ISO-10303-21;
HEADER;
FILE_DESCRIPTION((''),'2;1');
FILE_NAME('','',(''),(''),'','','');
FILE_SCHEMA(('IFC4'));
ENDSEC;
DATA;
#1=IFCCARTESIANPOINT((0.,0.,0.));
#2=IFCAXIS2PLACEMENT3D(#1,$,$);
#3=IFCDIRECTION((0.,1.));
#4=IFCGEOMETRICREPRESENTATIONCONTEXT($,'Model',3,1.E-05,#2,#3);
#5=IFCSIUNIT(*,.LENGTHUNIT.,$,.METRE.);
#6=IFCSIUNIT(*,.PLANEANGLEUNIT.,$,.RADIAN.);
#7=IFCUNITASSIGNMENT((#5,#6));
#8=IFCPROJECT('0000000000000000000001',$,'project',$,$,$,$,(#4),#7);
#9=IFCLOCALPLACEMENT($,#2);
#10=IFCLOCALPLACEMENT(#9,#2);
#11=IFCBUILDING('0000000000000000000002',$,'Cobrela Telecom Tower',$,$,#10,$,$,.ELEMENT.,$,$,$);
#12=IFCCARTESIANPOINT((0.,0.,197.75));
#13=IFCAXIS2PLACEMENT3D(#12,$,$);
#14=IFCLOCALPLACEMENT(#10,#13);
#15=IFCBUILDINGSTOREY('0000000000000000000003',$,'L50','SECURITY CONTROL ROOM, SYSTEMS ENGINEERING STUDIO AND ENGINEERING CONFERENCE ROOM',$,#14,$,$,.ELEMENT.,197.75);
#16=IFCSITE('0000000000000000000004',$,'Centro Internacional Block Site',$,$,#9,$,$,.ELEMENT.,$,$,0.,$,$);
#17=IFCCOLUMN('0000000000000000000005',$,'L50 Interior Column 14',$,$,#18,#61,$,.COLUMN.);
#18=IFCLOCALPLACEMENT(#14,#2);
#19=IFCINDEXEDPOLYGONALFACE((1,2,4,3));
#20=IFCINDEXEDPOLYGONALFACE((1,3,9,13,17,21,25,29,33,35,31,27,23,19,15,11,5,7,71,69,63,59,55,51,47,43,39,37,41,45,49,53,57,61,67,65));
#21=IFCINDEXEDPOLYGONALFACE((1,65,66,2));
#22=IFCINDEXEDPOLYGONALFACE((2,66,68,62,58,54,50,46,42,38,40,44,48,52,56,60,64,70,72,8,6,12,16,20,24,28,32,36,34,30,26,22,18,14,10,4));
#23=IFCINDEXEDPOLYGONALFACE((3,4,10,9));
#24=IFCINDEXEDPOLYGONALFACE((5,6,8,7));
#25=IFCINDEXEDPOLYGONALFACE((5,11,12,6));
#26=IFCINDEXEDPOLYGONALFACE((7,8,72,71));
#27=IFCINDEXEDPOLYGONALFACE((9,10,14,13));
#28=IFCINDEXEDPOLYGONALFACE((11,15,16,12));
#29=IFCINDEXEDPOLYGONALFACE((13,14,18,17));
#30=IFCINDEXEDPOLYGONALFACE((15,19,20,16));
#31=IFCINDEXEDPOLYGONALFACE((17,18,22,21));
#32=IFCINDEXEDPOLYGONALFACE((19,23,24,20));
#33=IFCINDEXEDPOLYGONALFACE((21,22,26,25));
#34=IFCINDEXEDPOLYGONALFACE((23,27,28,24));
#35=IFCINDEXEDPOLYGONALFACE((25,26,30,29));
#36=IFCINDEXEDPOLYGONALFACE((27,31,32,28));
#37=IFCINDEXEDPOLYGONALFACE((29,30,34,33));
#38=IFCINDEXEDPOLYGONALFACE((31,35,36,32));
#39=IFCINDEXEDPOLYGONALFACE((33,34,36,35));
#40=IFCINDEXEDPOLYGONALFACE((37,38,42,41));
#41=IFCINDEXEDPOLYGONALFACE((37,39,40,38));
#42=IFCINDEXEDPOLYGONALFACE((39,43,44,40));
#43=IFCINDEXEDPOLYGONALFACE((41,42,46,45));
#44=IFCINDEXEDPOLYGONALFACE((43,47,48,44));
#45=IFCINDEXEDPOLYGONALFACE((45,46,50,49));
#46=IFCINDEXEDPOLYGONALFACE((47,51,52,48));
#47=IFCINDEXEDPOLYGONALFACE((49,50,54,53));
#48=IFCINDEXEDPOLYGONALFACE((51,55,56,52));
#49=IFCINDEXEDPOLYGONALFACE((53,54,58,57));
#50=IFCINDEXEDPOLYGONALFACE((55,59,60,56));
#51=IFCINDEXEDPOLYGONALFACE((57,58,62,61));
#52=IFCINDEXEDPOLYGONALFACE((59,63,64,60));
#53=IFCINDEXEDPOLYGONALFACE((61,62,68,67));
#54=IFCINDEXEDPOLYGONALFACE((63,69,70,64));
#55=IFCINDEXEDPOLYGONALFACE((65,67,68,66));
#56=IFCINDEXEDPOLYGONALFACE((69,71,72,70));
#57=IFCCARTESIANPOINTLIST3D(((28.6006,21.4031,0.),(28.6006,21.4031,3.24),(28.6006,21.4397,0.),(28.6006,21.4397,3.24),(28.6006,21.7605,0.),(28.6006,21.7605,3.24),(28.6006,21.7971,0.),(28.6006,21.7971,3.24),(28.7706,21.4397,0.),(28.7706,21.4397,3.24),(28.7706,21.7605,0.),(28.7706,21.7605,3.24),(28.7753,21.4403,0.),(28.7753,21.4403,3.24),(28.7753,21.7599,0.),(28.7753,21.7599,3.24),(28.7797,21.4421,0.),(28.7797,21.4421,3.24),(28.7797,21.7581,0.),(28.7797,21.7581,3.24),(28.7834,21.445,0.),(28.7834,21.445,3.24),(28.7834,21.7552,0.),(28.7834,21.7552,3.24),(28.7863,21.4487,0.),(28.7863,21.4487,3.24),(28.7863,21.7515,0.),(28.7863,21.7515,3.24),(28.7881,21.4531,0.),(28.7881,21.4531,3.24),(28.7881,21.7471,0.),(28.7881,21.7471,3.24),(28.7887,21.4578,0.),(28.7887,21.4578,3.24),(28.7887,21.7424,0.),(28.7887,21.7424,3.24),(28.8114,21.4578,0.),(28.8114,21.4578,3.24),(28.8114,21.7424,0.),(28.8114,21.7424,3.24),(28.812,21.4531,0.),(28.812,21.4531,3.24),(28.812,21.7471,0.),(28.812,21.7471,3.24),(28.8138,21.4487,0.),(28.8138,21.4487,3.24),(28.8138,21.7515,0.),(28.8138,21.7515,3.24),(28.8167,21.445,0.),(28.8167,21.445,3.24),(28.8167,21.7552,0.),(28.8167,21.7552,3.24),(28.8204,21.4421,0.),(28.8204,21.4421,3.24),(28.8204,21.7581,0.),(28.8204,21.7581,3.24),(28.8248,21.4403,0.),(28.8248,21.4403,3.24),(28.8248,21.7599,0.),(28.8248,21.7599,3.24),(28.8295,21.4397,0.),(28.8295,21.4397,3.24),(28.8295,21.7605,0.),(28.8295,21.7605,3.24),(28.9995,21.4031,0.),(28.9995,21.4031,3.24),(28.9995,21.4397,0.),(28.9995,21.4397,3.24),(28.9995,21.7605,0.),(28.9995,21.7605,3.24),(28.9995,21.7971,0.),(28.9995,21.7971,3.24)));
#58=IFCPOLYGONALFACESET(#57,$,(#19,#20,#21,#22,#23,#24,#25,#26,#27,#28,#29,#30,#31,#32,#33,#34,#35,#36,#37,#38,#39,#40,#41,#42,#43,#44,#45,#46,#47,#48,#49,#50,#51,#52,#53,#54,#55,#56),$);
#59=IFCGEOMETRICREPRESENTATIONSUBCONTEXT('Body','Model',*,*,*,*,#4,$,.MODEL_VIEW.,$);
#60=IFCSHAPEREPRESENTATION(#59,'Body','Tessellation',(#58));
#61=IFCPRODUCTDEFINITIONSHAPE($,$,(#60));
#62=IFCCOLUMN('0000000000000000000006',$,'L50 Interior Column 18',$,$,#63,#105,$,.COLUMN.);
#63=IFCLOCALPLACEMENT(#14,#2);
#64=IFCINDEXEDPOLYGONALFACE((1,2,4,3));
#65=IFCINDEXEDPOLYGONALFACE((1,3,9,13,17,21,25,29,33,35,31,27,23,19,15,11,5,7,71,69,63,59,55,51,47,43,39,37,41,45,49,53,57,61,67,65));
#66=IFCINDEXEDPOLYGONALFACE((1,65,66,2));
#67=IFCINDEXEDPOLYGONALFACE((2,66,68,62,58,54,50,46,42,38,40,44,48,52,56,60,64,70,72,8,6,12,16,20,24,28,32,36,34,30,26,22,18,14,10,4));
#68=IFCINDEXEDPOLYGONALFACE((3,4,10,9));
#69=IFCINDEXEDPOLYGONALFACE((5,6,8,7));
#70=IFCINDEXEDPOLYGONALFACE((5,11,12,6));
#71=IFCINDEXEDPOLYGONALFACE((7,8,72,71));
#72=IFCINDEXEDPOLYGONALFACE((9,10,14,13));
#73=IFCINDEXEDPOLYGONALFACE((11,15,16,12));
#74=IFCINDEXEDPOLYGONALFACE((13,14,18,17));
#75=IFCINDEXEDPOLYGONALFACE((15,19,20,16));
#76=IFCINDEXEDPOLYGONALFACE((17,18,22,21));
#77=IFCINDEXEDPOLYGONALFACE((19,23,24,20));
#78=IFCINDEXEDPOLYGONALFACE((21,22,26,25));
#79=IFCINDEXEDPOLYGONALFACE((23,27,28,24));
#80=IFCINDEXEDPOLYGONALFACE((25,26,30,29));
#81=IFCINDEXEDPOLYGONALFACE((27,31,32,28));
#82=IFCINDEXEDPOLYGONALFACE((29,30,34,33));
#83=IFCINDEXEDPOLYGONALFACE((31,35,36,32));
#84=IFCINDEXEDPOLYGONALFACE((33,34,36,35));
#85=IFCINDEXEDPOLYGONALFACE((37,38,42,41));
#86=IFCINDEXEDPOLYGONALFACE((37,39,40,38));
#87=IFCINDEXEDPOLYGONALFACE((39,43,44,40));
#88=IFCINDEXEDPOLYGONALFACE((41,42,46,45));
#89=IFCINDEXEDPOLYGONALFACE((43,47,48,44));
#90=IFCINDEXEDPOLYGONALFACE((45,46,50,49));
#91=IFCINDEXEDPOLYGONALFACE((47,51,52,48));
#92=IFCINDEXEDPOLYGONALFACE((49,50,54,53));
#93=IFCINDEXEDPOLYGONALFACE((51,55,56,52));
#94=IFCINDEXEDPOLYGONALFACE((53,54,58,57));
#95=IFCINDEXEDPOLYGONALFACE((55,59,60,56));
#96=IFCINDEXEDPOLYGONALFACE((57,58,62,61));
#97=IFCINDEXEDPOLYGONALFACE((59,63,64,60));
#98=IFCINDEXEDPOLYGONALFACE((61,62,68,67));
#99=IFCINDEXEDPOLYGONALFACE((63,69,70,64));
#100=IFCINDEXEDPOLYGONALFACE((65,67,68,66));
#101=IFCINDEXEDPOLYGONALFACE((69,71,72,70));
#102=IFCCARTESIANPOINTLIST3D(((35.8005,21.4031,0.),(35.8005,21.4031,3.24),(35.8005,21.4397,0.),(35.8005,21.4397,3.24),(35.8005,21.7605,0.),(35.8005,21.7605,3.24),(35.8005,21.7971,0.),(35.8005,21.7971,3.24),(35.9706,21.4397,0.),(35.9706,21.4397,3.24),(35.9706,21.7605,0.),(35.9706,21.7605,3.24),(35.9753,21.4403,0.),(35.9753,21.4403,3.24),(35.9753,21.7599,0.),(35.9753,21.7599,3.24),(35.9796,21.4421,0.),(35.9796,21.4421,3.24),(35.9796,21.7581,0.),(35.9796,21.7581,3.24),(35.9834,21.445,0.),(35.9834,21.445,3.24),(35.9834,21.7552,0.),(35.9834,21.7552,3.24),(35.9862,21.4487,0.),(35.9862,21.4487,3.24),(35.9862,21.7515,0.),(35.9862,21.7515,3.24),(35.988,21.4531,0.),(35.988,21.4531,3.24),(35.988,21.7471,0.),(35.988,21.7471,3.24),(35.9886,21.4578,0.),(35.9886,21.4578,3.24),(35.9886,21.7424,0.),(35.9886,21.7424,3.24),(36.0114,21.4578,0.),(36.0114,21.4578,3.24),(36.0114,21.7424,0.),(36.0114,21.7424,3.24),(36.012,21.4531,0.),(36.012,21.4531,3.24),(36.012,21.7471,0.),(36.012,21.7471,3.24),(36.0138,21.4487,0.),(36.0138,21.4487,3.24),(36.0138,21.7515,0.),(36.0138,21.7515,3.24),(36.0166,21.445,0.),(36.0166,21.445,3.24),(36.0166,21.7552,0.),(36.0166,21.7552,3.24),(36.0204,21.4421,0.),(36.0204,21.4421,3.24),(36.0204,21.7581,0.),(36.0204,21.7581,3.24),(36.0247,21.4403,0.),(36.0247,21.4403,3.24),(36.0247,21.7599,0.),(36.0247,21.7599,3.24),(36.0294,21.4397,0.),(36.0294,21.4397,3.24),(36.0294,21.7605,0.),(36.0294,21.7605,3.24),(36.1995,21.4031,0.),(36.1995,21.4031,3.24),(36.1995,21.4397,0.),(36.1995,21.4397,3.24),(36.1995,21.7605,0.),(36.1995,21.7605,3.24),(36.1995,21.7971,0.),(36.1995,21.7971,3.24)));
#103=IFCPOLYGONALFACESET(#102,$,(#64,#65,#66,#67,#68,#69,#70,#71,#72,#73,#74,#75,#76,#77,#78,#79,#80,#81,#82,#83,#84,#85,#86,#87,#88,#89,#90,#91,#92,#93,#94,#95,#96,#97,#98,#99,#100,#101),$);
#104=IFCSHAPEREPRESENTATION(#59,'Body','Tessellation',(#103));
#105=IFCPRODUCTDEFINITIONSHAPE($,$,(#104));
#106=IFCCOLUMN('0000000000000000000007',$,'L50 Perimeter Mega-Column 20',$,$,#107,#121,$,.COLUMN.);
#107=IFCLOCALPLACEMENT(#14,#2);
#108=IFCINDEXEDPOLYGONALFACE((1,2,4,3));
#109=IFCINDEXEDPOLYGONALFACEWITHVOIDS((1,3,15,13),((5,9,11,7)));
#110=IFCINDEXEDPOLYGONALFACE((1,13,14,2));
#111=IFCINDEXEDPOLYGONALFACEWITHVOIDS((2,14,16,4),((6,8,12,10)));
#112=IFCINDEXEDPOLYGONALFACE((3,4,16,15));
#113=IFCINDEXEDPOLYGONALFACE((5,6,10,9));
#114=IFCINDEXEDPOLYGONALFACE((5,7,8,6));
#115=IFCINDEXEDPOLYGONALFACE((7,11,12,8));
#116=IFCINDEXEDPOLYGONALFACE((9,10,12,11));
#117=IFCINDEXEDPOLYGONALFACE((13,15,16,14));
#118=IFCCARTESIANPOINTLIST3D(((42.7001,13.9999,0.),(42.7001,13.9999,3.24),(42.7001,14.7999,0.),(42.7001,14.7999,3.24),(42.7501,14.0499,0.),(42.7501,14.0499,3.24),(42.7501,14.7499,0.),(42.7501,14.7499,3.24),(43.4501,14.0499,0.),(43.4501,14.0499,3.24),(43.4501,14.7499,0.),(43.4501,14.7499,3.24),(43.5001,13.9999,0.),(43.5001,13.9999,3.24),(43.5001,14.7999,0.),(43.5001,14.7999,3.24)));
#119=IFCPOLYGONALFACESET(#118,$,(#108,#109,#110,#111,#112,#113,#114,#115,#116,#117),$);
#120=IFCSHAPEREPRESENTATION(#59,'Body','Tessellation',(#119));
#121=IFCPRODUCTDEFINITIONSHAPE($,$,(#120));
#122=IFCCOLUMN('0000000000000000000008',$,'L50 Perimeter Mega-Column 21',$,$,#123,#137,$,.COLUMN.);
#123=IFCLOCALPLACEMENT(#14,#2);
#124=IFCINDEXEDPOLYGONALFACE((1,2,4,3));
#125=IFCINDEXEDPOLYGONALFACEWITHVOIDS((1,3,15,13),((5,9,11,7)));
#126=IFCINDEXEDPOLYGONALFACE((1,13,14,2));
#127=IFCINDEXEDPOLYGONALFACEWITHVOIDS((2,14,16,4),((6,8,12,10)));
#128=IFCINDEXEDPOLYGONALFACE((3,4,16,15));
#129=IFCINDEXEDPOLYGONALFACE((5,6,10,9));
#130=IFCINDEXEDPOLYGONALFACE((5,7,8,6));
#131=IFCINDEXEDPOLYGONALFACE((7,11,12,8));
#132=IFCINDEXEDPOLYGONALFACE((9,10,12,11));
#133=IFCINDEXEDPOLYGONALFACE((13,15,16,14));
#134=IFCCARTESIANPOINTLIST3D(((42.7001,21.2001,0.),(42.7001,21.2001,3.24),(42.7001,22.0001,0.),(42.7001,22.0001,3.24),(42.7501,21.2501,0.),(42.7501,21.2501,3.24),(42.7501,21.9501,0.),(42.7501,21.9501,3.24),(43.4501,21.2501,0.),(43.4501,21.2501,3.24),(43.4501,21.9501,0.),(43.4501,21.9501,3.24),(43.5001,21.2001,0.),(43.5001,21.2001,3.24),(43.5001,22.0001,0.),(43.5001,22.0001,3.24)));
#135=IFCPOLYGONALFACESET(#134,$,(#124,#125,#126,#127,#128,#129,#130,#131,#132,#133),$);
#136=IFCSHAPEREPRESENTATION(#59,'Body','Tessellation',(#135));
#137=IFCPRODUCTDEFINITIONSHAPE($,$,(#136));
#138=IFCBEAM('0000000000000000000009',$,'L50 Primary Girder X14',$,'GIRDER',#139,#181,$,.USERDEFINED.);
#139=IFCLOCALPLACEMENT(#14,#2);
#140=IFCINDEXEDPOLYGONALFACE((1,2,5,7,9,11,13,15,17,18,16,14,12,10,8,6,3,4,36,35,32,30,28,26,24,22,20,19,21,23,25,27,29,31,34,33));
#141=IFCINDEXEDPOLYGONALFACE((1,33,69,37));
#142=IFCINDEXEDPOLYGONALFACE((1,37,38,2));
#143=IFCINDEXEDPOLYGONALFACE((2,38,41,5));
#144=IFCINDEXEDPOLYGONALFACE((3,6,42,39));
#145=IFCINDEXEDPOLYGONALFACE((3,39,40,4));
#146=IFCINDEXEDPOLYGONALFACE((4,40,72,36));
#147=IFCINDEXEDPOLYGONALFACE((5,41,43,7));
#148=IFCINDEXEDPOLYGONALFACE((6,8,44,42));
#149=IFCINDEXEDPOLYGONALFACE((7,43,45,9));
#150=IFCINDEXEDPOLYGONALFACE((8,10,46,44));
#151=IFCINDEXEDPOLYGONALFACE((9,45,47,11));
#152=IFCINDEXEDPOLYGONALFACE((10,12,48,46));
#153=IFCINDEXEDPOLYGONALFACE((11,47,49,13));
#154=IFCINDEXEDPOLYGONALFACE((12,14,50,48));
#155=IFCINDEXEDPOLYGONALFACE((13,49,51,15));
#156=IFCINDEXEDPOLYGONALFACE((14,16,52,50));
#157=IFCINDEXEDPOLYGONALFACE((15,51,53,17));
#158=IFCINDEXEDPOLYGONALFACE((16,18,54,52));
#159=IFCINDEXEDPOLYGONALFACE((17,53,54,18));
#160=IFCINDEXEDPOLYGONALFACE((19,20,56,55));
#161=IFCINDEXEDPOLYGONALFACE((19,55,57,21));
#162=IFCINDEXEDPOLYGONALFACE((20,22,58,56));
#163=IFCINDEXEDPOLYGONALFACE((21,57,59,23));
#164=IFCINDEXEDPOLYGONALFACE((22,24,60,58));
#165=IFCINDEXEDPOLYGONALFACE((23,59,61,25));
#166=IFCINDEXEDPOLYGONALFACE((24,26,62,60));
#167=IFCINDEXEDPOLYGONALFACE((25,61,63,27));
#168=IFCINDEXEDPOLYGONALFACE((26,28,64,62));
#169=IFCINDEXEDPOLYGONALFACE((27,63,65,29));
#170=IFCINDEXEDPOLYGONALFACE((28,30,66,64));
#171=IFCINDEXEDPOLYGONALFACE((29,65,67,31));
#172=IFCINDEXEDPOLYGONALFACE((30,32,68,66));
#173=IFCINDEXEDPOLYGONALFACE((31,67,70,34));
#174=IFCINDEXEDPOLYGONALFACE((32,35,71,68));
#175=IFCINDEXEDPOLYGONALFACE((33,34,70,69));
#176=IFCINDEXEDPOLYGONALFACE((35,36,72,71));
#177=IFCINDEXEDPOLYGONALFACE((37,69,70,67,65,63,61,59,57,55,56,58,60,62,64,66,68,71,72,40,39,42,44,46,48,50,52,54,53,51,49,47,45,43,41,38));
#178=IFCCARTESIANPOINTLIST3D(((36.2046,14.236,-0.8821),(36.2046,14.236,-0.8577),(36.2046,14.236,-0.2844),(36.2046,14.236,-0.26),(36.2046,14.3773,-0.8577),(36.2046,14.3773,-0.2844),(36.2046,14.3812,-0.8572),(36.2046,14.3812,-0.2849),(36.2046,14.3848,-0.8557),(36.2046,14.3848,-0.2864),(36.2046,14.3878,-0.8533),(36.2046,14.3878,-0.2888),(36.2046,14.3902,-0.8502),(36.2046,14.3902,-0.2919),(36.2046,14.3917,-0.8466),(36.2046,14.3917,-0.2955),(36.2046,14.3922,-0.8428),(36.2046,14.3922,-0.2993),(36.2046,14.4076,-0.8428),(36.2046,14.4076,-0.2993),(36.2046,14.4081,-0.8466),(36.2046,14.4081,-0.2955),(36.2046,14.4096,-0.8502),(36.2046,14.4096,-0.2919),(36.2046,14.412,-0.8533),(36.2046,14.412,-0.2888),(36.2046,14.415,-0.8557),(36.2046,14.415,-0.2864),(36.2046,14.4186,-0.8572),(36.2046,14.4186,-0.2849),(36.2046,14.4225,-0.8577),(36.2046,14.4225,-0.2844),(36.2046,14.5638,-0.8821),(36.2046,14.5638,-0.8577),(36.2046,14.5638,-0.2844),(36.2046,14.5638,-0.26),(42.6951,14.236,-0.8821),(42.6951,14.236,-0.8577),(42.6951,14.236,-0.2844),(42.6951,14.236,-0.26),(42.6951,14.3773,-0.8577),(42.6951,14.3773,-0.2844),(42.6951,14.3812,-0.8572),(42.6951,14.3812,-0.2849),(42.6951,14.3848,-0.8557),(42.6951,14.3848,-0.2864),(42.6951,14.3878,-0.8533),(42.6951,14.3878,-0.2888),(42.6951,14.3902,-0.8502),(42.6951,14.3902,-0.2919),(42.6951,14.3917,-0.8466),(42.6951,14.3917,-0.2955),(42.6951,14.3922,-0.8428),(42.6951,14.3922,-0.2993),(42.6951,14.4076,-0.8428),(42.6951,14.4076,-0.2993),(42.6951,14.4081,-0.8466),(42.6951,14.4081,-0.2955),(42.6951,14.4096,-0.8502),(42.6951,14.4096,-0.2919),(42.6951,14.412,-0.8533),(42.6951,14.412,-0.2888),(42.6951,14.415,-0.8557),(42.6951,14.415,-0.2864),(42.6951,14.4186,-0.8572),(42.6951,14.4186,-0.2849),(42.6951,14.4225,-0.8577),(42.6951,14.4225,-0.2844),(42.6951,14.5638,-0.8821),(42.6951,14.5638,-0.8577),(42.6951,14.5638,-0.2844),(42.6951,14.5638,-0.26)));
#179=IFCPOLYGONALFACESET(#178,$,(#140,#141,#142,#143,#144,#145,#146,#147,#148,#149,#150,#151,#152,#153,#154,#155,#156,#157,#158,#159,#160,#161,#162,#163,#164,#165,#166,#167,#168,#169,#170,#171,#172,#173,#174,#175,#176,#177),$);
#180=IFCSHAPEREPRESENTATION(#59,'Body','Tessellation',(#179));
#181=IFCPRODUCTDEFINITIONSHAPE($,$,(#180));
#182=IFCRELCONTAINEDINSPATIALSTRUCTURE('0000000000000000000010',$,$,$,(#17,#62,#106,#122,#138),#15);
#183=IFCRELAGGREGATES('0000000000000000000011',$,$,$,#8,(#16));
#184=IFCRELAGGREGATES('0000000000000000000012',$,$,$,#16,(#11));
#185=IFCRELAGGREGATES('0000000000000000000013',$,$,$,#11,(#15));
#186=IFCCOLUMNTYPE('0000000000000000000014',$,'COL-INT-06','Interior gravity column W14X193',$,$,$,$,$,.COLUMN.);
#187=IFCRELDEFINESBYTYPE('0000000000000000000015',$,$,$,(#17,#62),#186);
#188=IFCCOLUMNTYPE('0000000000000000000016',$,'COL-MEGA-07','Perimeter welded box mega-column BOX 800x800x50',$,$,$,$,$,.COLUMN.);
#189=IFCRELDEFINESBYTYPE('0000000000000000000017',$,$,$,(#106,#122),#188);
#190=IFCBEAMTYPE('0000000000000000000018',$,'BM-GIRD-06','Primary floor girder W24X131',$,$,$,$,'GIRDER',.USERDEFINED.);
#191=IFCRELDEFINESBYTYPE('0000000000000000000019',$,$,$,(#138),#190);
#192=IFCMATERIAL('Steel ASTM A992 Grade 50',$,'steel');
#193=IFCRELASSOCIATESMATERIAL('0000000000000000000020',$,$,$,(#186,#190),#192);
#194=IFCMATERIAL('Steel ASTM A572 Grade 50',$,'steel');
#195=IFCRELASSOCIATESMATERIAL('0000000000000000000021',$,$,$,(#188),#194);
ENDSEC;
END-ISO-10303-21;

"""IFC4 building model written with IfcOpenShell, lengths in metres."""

from ifc_helpers import new_model, si_unit, direction, frame, origin, origin_2d, place, context, subcontext, project, spatial, hollow_rectangle, i_section, extrude, material, material_profile, profile_set, type_object, element, save


model = new_model("IFC4")

# Units and contexts
model_context = context("Model", 3, precision=1e-05, world=origin(), true_north=direction((0.0, 1.0)))
body_context = subcontext(model_context, "Body", "Model", "MODEL_VIEW")
ifc_project = project(units=[si_unit("LENGTHUNIT", "METRE"), si_unit("PLANEANGLEUNIT", "RADIAN")], contexts=[model_context])

# Site, building, storey
site_placement = place(None, origin())
site = spatial("IfcSite", under=ifc_project, at=site_placement, Name="Centro Internacional Block Site", CompositionType="ELEMENT", RefElevation=0.0)
building_placement = place(site_placement, origin())
building = spatial("IfcBuilding", under=site, at=building_placement, Name="Cobrela Telecom Tower", CompositionType="ELEMENT")
storey_placement = place(building_placement, frame((0.0, 0.0, 197.75)))
storey = spatial("IfcBuildingStorey", under=building, at=storey_placement, Name="L50", Description="SECURITY CONTROL ROOM, SYSTEMS ENGINEERING STUDIO AND ENGINEERING CONFERENCE ROOM", CompositionType="ELEMENT", Elevation=197.75)

# Columns
ifc_material_1 = material(Name="Steel ASTM A992 Grade 50", Category="steel")
ifc_material_profile_1 = material_profile(ifc_material_1, i_section(OverallWidth=0.3989, OverallDepth=0.394, WebThickness=0.0227, FlangeThickness=0.0366, FilletRadius=0.0181, at=origin_2d()), Name="W14X193")
ifc_profile_set_1 = profile_set([ifc_material_profile_1], Name="Steel ASTM A992 Grade 50")
column_type_1 = type_object("IfcColumnType", Name="COL-INT-06", Description="Interior gravity column W14X193", PredefinedType="COLUMN", material=ifc_profile_set_1)
for number, where, z_axis, x_axis, name in (
    (1, (28.8, 21.6001, 0.0), (0.0, 0.0, 1.0), (1.0, 0.0, 0.0), "L50 Interior Column 14"),
    (2, (36.0, 21.6001, 0.0), (0.0, 0.0, 1.0), (1.0, 0.0, 0.0), "L50 Interior Column 18"),
):
    element("IfcColumn", number, at=place(storey_placement, frame(where, z_axis=z_axis, x_axis=x_axis)), inside=storey, type_object=column_type_1, Name=name, PredefinedType="COLUMN", context=body_context, shape_type="SweptSolid", body=[
        extrude(i_section(OverallWidth=0.3989, OverallDepth=0.394, WebThickness=0.0227, FlangeThickness=0.0366, FilletRadius=0.0181, at=origin_2d()), origin(), (0.0, 0.0, 1.0), 3.24),
    ])
ifc_material_2 = material(Name="Steel ASTM A572 Grade 50", Category="steel")
ifc_material_profile_2 = material_profile(ifc_material_2, hollow_rectangle(XDim=0.8, YDim=0.8, WallThickness=0.05, at=origin_2d()), Name="BOX 800x800x50")
ifc_profile_set_2 = profile_set([ifc_material_profile_2], Name="Steel ASTM A572 Grade 50")
column_type_2 = type_object("IfcColumnType", Name="COL-MEGA-07", Description="Perimeter welded box mega-column BOX 800x800x50", PredefinedType="COLUMN", material=ifc_profile_set_2)
for number, where, z_axis, x_axis, name in (
    (3, (43.1001, 14.3999, 0.0), (0.0, 0.0, 1.0), (1.0, 0.0, 0.0), "L50 Perimeter Mega-Column 20"),
    (4, (43.1001, 21.6001, 0.0), (0.0, 0.0, 1.0), (1.0, 0.0, 0.0), "L50 Perimeter Mega-Column 21"),
):
    element("IfcColumn", number, at=place(storey_placement, frame(where, z_axis=z_axis, x_axis=x_axis)), inside=storey, type_object=column_type_2, Name=name, PredefinedType="COLUMN", context=body_context, shape_type="SweptSolid", body=[
        extrude(hollow_rectangle(XDim=0.8, YDim=0.8, WallThickness=0.05, at=origin_2d()), origin(), (0.0, 0.0, 1.0), 3.24),
    ])

# Beam
ifc_material_profile_3 = material_profile(ifc_material_1, i_section(OverallWidth=0.3279, OverallDepth=0.6221, WebThickness=0.0154, FlangeThickness=0.0244, FilletRadius=0.0149, at=origin_2d()), Name="W24X131")
ifc_profile_set_3 = profile_set([ifc_material_profile_3], Name="Steel ASTM A992 Grade 50")
beam_type_1 = type_object("IfcBeamType", Name="BM-GIRD-06", Description="Primary floor girder W24X131", ElementType="GIRDER", PredefinedType="USERDEFINED", material=ifc_profile_set_3)
beam_1_placement = place(storey_placement, frame((36.2046, 14.3999, -0.571), z_axis=(1.0, 0.0, 0.0), x_axis=(0.0, 1.0, 0.0)))
element("IfcBeam", 5, at=beam_1_placement, inside=storey, type_object=beam_type_1, Name="L50 Primary Girder X14", ObjectType="GIRDER", PredefinedType="USERDEFINED", context=body_context, shape_type="SweptSolid", body=[
    extrude(i_section(OverallWidth=0.3279, OverallDepth=0.6221, WebThickness=0.0154, FlangeThickness=0.0244, FilletRadius=0.0149, at=origin_2d()), origin(), (0.0, 0.0, 1.0), 6.4905),
])

save(model, "model.ifc")
